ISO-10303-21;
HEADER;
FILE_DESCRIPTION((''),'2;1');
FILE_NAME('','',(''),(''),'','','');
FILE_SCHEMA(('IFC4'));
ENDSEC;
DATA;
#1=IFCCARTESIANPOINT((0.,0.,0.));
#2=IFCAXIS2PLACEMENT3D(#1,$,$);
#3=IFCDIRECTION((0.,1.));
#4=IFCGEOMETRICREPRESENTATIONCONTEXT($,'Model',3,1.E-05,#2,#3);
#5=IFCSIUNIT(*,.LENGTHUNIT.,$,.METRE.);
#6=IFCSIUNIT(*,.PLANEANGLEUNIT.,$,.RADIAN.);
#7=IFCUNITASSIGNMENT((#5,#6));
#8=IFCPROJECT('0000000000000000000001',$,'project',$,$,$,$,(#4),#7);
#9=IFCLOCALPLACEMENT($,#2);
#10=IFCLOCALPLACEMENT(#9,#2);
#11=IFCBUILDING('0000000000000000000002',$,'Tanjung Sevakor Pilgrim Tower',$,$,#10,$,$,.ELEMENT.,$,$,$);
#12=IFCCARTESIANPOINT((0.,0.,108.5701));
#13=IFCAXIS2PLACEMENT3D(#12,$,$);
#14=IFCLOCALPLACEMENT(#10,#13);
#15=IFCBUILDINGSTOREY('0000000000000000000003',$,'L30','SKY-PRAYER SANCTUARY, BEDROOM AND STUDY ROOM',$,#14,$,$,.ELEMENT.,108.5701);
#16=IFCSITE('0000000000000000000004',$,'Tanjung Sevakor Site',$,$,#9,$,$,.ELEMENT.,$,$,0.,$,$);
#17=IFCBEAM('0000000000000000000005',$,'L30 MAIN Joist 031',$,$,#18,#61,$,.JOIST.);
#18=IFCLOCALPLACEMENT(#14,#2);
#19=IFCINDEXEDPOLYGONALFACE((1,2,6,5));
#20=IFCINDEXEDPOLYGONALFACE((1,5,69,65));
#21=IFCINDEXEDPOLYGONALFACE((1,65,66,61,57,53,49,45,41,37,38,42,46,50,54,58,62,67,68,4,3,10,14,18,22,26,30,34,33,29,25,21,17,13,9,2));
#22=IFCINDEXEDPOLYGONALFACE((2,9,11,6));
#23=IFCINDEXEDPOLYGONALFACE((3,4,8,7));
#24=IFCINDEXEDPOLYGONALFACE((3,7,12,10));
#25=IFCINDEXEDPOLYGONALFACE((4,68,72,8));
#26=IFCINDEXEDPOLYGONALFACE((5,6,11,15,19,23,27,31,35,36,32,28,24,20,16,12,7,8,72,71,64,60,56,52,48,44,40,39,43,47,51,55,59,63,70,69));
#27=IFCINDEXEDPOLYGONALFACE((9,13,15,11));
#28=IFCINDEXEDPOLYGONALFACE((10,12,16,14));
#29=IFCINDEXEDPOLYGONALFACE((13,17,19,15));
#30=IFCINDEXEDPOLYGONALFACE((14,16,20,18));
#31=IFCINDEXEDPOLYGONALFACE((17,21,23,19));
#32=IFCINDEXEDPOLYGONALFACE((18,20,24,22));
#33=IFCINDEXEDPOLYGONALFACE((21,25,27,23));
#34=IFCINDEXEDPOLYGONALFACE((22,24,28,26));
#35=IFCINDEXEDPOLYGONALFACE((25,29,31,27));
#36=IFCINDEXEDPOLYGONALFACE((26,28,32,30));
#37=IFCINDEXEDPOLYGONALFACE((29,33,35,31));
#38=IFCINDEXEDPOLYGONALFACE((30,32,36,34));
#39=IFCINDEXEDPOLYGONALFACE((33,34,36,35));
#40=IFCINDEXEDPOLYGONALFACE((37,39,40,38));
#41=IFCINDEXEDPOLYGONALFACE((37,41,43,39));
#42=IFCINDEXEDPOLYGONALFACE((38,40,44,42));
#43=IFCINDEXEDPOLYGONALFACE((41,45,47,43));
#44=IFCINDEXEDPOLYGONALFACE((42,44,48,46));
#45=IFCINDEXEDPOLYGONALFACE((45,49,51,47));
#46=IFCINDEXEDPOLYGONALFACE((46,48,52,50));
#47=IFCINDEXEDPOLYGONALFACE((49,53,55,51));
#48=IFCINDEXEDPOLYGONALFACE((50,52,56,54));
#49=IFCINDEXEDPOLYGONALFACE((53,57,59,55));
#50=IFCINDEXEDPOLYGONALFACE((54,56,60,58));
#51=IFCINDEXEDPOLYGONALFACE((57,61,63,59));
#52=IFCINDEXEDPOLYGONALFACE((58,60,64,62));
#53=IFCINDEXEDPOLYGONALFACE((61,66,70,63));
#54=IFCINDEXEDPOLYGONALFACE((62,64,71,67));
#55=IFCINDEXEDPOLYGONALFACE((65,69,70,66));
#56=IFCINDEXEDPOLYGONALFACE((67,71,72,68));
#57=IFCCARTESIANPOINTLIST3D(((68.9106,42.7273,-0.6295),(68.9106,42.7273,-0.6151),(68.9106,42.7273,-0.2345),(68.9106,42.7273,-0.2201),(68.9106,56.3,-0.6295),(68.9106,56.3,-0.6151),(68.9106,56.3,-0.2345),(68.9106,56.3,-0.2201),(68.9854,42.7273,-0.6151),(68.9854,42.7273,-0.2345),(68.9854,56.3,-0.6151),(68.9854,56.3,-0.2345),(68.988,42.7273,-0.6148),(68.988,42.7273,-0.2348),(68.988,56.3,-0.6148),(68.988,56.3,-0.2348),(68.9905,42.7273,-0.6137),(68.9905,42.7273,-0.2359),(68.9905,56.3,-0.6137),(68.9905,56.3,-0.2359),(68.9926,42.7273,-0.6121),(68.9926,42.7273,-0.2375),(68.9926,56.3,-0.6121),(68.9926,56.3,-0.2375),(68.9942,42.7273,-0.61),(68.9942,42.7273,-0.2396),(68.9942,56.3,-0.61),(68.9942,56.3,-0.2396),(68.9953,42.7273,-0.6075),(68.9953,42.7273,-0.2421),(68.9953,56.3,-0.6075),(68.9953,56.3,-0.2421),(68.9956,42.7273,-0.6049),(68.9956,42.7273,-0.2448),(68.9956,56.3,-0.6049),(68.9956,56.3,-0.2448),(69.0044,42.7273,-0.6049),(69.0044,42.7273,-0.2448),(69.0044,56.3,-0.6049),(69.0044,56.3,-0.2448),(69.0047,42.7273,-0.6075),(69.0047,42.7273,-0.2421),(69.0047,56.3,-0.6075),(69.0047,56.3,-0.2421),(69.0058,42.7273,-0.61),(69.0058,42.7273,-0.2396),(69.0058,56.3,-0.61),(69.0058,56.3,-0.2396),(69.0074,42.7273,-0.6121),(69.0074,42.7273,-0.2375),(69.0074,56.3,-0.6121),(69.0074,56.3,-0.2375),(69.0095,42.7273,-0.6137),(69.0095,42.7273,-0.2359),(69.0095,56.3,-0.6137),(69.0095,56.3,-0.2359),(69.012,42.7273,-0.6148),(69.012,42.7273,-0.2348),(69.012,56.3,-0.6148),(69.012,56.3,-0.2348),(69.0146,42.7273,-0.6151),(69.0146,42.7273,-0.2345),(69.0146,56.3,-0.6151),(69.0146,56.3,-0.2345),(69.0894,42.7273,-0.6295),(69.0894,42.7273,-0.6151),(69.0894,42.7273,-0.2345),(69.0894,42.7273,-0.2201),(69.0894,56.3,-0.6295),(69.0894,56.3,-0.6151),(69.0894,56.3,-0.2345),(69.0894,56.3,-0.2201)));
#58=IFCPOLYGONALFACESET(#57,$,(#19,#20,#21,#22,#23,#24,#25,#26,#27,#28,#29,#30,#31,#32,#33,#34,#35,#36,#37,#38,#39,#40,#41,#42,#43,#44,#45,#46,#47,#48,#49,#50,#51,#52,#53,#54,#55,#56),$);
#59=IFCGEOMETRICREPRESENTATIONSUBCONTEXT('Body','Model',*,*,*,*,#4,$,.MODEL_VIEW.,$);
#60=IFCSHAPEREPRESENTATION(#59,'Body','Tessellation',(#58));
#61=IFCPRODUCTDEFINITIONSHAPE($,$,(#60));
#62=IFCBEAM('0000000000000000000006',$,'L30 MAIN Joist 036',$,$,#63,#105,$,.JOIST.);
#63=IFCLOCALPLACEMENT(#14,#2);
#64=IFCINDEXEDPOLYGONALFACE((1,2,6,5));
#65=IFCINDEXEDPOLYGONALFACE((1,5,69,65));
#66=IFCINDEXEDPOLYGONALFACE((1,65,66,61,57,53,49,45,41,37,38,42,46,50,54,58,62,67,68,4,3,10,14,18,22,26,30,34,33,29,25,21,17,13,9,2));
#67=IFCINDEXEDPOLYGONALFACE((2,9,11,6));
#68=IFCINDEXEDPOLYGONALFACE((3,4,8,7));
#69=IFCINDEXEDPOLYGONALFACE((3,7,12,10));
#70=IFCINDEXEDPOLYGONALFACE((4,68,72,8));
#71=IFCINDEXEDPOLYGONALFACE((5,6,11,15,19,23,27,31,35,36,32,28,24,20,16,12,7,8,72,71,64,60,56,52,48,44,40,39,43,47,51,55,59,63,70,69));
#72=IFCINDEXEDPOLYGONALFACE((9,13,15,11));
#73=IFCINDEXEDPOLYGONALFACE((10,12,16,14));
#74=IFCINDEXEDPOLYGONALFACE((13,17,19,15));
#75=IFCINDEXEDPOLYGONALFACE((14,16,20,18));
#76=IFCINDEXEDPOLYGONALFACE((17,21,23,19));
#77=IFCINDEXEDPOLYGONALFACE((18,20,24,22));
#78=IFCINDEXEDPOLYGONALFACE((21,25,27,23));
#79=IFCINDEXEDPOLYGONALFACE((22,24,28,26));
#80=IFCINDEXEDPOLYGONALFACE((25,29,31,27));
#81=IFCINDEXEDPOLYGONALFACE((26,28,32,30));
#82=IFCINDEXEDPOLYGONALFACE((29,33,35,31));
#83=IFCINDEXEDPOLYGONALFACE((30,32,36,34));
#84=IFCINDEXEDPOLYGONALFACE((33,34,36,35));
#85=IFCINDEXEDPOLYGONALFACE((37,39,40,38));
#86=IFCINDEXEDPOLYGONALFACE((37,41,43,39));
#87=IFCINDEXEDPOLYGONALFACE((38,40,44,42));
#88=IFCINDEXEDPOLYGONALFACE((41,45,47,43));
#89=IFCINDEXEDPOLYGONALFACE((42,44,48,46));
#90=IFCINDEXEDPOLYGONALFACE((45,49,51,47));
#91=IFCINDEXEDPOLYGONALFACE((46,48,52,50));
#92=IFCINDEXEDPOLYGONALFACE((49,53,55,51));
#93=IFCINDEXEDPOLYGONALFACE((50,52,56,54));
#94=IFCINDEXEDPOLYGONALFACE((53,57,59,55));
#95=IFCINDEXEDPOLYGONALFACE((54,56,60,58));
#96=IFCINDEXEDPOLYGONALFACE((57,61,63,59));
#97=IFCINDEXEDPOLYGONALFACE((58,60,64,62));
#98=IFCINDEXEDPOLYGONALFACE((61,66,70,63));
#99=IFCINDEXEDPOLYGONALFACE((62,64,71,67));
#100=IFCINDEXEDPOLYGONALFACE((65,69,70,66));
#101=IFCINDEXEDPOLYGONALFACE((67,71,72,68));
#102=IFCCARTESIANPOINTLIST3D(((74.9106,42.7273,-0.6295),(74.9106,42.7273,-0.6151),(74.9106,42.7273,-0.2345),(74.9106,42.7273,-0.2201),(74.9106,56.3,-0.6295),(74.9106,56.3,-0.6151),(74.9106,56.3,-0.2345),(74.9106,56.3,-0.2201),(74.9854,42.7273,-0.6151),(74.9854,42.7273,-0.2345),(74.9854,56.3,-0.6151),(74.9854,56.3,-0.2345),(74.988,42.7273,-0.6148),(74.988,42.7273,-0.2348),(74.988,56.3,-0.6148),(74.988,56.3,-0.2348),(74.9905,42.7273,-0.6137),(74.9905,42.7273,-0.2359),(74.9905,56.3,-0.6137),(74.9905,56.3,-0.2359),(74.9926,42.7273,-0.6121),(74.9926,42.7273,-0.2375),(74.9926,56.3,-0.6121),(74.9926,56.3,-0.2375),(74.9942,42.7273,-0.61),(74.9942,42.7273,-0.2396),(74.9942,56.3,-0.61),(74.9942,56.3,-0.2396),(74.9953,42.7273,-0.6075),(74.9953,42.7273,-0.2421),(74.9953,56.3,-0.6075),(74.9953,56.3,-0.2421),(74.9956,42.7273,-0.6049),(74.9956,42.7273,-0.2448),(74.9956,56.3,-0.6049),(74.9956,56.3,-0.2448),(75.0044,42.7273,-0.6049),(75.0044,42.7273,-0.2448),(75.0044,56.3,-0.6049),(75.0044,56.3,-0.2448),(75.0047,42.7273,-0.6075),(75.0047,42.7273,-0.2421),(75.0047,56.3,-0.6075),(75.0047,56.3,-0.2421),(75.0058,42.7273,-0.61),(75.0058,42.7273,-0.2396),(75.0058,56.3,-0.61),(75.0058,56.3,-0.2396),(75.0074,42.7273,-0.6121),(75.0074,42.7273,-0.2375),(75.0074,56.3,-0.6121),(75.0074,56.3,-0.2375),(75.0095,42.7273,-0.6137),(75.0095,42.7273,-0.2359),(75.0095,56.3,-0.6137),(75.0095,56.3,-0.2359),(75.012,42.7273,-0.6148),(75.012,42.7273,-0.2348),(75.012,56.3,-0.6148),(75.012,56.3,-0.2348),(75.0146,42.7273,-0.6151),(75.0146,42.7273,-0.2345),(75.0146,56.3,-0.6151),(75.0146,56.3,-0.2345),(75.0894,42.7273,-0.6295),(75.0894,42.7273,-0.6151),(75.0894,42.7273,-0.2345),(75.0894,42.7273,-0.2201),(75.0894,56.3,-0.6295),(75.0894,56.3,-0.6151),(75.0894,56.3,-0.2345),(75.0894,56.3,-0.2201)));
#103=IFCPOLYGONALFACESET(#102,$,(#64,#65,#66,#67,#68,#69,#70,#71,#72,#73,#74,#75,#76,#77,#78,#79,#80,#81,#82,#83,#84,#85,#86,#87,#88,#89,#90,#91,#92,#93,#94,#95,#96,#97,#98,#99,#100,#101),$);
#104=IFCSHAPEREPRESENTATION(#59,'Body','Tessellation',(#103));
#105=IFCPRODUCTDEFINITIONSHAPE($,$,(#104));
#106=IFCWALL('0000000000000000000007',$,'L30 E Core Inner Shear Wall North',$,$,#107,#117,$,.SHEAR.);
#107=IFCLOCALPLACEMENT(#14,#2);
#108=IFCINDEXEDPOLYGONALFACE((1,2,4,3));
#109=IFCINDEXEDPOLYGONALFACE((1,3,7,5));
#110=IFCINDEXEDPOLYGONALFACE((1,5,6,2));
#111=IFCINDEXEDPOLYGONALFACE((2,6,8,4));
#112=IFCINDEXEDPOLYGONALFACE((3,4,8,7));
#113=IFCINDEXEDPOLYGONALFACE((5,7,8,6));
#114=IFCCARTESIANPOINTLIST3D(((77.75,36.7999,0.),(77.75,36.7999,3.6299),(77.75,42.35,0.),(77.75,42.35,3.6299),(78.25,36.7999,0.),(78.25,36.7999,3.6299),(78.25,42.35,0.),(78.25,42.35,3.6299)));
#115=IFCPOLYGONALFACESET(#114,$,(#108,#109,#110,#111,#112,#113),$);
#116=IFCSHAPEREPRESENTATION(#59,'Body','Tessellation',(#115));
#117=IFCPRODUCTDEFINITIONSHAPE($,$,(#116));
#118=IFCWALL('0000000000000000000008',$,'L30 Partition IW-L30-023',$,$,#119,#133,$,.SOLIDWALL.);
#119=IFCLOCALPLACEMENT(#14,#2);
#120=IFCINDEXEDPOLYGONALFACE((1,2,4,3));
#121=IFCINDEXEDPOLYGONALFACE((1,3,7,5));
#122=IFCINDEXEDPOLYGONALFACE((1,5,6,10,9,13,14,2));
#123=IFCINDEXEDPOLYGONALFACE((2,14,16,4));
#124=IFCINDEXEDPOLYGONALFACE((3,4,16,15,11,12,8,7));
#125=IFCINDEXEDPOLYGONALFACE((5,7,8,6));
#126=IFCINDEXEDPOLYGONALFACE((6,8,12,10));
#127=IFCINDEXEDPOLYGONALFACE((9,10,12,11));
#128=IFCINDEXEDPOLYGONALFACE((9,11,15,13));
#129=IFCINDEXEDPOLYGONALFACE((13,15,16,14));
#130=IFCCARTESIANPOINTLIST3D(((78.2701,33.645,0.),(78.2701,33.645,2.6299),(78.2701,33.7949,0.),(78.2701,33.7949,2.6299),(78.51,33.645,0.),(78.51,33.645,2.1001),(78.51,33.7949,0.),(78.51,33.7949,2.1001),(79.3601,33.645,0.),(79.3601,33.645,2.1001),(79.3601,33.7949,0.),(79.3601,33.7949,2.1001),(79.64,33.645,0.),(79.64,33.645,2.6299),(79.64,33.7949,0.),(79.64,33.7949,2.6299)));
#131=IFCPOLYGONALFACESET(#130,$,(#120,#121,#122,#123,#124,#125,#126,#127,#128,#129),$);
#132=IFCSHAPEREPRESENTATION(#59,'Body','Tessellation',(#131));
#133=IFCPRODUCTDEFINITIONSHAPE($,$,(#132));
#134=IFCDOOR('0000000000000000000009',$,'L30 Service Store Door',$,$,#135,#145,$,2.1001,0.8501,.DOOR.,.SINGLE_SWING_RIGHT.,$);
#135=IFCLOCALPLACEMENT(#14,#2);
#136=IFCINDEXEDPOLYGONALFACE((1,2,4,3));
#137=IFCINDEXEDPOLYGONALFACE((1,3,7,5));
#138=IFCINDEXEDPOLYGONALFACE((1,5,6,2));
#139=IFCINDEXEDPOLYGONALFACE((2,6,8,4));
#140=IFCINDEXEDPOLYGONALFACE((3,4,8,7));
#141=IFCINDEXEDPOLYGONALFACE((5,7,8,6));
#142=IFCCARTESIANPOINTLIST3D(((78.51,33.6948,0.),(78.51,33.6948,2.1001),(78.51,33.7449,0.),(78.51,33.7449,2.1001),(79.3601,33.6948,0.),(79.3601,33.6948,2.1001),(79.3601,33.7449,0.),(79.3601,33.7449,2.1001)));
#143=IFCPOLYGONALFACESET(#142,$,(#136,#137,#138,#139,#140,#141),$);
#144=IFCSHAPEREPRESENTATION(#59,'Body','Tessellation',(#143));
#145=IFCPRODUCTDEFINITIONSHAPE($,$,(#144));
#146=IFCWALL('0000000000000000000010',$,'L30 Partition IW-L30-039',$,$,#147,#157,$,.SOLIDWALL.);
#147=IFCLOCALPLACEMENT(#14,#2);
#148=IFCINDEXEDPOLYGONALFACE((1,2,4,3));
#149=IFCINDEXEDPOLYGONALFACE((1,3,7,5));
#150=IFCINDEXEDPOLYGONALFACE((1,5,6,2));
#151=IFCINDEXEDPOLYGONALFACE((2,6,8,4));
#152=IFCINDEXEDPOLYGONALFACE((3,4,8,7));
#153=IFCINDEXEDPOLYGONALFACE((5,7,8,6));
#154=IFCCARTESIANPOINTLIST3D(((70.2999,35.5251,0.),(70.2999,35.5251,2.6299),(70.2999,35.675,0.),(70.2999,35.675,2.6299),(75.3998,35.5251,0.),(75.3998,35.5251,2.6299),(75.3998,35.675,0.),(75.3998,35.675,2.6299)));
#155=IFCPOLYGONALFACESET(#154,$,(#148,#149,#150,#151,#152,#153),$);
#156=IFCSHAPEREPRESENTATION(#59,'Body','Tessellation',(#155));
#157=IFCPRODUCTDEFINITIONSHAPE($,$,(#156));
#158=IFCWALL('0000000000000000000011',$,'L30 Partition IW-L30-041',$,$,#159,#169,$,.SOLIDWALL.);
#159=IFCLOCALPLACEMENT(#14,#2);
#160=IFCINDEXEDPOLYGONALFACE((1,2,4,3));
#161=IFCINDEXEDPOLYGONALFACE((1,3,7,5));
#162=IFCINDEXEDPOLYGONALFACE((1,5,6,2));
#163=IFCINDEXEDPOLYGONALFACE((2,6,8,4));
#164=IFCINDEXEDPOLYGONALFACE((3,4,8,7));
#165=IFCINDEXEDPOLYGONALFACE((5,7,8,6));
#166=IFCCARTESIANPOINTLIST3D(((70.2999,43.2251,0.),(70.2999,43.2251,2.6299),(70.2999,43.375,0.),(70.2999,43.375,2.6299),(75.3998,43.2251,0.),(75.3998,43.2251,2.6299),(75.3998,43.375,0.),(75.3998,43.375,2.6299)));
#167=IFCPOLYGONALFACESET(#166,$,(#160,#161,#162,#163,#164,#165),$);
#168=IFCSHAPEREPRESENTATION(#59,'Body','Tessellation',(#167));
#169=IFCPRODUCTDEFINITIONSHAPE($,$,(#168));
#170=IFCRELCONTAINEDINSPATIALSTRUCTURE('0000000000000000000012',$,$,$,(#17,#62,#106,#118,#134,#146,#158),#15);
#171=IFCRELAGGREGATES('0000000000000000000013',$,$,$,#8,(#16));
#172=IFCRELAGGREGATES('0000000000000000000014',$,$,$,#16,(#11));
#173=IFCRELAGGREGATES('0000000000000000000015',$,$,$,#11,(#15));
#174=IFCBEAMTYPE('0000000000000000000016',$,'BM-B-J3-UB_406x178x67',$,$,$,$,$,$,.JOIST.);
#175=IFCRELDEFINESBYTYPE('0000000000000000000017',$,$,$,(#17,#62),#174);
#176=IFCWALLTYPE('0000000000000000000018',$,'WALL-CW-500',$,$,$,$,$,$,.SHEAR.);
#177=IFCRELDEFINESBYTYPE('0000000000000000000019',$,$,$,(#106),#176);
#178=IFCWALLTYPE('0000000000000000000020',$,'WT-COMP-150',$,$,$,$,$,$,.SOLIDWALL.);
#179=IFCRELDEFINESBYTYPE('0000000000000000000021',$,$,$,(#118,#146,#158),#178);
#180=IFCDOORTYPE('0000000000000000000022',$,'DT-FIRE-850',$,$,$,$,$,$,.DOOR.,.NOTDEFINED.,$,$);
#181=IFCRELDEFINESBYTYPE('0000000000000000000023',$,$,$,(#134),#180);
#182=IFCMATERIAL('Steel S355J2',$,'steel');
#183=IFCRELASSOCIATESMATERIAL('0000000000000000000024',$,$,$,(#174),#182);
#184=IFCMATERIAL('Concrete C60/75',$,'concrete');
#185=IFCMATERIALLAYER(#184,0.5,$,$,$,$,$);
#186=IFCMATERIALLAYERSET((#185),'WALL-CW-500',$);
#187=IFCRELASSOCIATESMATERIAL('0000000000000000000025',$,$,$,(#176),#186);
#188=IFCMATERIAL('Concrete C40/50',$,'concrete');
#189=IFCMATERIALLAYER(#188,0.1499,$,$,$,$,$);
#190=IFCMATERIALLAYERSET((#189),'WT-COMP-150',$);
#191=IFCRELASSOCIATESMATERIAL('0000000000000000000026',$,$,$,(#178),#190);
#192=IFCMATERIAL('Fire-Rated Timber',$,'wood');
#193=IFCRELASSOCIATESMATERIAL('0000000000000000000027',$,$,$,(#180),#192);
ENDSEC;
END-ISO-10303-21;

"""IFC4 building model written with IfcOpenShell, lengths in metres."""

from ifc_helpers import new_model, si_unit, direction, frame, frame_2d, origin, origin_2d, place, context, subcontext, project, spatial, rectangle, i_section, extrude, material, layer, layer_set, material_profile, profile_set, type_object, element, fill, save


model = new_model("IFC4")

# Units and contexts
model_context = context("Model", 3, precision=1e-05, world=origin(), true_north=direction((0.0, 1.0)))
body_context = subcontext(model_context, "Body", "Model", "MODEL_VIEW")
ifc_project = project(units=[si_unit("LENGTHUNIT", "METRE"), si_unit("PLANEANGLEUNIT", "RADIAN")], contexts=[model_context])

# Site, building, storey
site_placement = place(None, origin())
site = spatial("IfcSite", under=ifc_project, at=site_placement, Name="Tanjung Sevakor Site", CompositionType="ELEMENT", RefElevation=0.0)
building_placement = place(site_placement, origin())
building = spatial("IfcBuilding", under=site, at=building_placement, Name="Tanjung Sevakor Pilgrim Tower", CompositionType="ELEMENT")
storey_placement = place(building_placement, frame((0.0, 0.0, 108.5701)))
storey = spatial("IfcBuildingStorey", under=building, at=storey_placement, Name="L30", Description="SKY-PRAYER SANCTUARY, BEDROOM AND STUDY ROOM", CompositionType="ELEMENT", Elevation=108.5701)

# Beams
ifc_material_1 = material(Name="Steel S355J2", Category="steel")
ifc_material_profile_1 = material_profile(ifc_material_1, i_section(OverallWidth=0.1787, OverallDepth=0.4094, WebThickness=0.0088, FlangeThickness=0.0144, FilletRadius=0.0103, at=origin_2d()))
ifc_profile_set_1 = profile_set([ifc_material_profile_1], Name="Steel S355J2")
beam_type_1 = type_object("IfcBeamType", Name="BM-B-J3-UB_406x178x67", PredefinedType="JOIST", material=ifc_profile_set_1)
for number, where, z_axis, x_axis, name in (
    (1, (69.0, 42.7273, -0.4248), (0.0, 1.0, 0.0), (-1.0, 0.0, 0.0), "L30 MAIN Joist 031"),
    (2, (75.0, 42.7273, -0.4248), (0.0, 1.0, 0.0), (-1.0, 0.0, 0.0), "L30 MAIN Joist 036"),
):
    element("IfcBeam", number, at=place(storey_placement, frame(where, z_axis=z_axis, x_axis=x_axis)), inside=storey, type_object=beam_type_1, Name=name, PredefinedType="JOIST", context=body_context, shape_type="SweptSolid", body=[
        extrude(i_section(OverallWidth=0.1787, OverallDepth=0.4094, WebThickness=0.0088, FlangeThickness=0.0144, FilletRadius=0.0103, at=origin_2d()), origin(), (0.0, 0.0, 1.0), 13.5728),
    ])

# Wall
ifc_material_2 = material(Name="Concrete C60/75", Category="concrete")
ifc_layer_1 = layer(ifc_material_2, 0.5)
ifc_layer_set_1 = layer_set([ifc_layer_1], Name="WALL-CW-500")
wall_type_1 = type_object("IfcWallType", Name="WALL-CW-500", PredefinedType="SHEAR", material=ifc_layer_set_1)
wall_1_placement = place(storey_placement, frame((78.0, 36.8, 0.0), z_axis=(0.0, 0.0, 1.0), x_axis=(0.0, 1.0, 0.0)))
element("IfcWall", 3, at=wall_1_placement, inside=storey, type_object=wall_type_1, Name="L30 E Core Inner Shear Wall North", PredefinedType="SHEAR", context=body_context, shape_type="SweptSolid", body=[
    extrude(rectangle(XDim=5.55, YDim=0.5, at=frame_2d((2.7749, 0.0))), origin(), (0.0, 0.0, 1.0), 3.6299),
])

# Wall, opening, door
ifc_material_3 = material(Name="Concrete C40/50", Category="concrete")
ifc_layer_2 = layer(ifc_material_3, 0.1499)
ifc_layer_set_2 = layer_set([ifc_layer_2], Name="WT-COMP-150")
wall_type_2 = type_object("IfcWallType", Name="WT-COMP-150", PredefinedType="SOLIDWALL", material=ifc_layer_set_2)
wall_2_placement = place(storey_placement, frame((78.27, 33.72, 0.0), z_axis=(0.0, 0.0, 1.0), x_axis=(1.0, 0.0, 0.0)))
wall_2 = element("IfcWall", 4, at=wall_2_placement, inside=storey, type_object=wall_type_2, Name="L30 Partition IW-L30-023", PredefinedType="SOLIDWALL", context=body_context, shape_type="SweptSolid", body=[
    extrude(rectangle(XDim=1.3699, YDim=0.1499, at=frame_2d((0.6851, 0.0))), origin(), (0.0, 0.0, 1.0), 2.6299),
])
opening_1_placement = place(wall_2_placement, frame((0.24, 0.0, 0.0)))
opening_1 = element("IfcOpeningElement", 5, at=opening_1_placement, cuts=wall_2, PredefinedType="OPENING", context=body_context, shape_type="SweptSolid", body=[
    extrude(rectangle(XDim=0.8501, YDim=2.1001, at=frame_2d((0.425, 1.05))), frame((0.0, 0.085, 0.0), z_axis=(0.0, -1.0, 0.0), x_axis=(1.0, 0.0, 0.0)), (0.0, 0.0, 1.0), 0.1699),
])
ifc_material_4 = material(Name="Fire-Rated Timber", Category="wood")
door_type_1 = type_object("IfcDoorType", Name="DT-FIRE-850", OperationType="NOTDEFINED", PredefinedType="DOOR", material=ifc_material_4)
door_1_placement = place(opening_1_placement, origin())
door_1 = element("IfcDoor", 6, at=door_1_placement, inside=storey, type_object=door_type_1, Name="L30 Service Store Door", OperationType="SINGLE_SWING_RIGHT", OverallHeight=2.1001, OverallWidth=0.8501, PredefinedType="DOOR", context=body_context, shape_type="SweptSolid", body=[
    extrude(rectangle(XDim=0.8501, YDim=2.1001, at=frame_2d((0.425, 1.05))), frame((0.0, 0.0249, 0.0), z_axis=(0.0, -1.0, 0.0), x_axis=(1.0, 0.0, 0.0)), (0.0, 0.0, 1.0), 0.05),
])
fill(opening_1, door_1)

# Walls
for number, where, z_axis, x_axis, name in (
    (7, (70.3, 35.6001, 0.0), (0.0, 0.0, 1.0), (1.0, 0.0, 0.0), "L30 Partition IW-L30-039"),
    (8, (70.3, 43.3, 0.0), (0.0, 0.0, 1.0), (1.0, 0.0, 0.0), "L30 Partition IW-L30-041"),
):
    element("IfcWall", number, at=place(storey_placement, frame(where, z_axis=z_axis, x_axis=x_axis)), inside=storey, type_object=wall_type_2, Name=name, PredefinedType="SOLIDWALL", context=body_context, shape_type="SweptSolid", body=[
        extrude(rectangle(XDim=5.0999, YDim=0.1499, at=frame_2d((2.5498, 0.0))), origin(), (0.0, 0.0, 1.0), 2.6299),
    ])

save(model, "model.ifc")
